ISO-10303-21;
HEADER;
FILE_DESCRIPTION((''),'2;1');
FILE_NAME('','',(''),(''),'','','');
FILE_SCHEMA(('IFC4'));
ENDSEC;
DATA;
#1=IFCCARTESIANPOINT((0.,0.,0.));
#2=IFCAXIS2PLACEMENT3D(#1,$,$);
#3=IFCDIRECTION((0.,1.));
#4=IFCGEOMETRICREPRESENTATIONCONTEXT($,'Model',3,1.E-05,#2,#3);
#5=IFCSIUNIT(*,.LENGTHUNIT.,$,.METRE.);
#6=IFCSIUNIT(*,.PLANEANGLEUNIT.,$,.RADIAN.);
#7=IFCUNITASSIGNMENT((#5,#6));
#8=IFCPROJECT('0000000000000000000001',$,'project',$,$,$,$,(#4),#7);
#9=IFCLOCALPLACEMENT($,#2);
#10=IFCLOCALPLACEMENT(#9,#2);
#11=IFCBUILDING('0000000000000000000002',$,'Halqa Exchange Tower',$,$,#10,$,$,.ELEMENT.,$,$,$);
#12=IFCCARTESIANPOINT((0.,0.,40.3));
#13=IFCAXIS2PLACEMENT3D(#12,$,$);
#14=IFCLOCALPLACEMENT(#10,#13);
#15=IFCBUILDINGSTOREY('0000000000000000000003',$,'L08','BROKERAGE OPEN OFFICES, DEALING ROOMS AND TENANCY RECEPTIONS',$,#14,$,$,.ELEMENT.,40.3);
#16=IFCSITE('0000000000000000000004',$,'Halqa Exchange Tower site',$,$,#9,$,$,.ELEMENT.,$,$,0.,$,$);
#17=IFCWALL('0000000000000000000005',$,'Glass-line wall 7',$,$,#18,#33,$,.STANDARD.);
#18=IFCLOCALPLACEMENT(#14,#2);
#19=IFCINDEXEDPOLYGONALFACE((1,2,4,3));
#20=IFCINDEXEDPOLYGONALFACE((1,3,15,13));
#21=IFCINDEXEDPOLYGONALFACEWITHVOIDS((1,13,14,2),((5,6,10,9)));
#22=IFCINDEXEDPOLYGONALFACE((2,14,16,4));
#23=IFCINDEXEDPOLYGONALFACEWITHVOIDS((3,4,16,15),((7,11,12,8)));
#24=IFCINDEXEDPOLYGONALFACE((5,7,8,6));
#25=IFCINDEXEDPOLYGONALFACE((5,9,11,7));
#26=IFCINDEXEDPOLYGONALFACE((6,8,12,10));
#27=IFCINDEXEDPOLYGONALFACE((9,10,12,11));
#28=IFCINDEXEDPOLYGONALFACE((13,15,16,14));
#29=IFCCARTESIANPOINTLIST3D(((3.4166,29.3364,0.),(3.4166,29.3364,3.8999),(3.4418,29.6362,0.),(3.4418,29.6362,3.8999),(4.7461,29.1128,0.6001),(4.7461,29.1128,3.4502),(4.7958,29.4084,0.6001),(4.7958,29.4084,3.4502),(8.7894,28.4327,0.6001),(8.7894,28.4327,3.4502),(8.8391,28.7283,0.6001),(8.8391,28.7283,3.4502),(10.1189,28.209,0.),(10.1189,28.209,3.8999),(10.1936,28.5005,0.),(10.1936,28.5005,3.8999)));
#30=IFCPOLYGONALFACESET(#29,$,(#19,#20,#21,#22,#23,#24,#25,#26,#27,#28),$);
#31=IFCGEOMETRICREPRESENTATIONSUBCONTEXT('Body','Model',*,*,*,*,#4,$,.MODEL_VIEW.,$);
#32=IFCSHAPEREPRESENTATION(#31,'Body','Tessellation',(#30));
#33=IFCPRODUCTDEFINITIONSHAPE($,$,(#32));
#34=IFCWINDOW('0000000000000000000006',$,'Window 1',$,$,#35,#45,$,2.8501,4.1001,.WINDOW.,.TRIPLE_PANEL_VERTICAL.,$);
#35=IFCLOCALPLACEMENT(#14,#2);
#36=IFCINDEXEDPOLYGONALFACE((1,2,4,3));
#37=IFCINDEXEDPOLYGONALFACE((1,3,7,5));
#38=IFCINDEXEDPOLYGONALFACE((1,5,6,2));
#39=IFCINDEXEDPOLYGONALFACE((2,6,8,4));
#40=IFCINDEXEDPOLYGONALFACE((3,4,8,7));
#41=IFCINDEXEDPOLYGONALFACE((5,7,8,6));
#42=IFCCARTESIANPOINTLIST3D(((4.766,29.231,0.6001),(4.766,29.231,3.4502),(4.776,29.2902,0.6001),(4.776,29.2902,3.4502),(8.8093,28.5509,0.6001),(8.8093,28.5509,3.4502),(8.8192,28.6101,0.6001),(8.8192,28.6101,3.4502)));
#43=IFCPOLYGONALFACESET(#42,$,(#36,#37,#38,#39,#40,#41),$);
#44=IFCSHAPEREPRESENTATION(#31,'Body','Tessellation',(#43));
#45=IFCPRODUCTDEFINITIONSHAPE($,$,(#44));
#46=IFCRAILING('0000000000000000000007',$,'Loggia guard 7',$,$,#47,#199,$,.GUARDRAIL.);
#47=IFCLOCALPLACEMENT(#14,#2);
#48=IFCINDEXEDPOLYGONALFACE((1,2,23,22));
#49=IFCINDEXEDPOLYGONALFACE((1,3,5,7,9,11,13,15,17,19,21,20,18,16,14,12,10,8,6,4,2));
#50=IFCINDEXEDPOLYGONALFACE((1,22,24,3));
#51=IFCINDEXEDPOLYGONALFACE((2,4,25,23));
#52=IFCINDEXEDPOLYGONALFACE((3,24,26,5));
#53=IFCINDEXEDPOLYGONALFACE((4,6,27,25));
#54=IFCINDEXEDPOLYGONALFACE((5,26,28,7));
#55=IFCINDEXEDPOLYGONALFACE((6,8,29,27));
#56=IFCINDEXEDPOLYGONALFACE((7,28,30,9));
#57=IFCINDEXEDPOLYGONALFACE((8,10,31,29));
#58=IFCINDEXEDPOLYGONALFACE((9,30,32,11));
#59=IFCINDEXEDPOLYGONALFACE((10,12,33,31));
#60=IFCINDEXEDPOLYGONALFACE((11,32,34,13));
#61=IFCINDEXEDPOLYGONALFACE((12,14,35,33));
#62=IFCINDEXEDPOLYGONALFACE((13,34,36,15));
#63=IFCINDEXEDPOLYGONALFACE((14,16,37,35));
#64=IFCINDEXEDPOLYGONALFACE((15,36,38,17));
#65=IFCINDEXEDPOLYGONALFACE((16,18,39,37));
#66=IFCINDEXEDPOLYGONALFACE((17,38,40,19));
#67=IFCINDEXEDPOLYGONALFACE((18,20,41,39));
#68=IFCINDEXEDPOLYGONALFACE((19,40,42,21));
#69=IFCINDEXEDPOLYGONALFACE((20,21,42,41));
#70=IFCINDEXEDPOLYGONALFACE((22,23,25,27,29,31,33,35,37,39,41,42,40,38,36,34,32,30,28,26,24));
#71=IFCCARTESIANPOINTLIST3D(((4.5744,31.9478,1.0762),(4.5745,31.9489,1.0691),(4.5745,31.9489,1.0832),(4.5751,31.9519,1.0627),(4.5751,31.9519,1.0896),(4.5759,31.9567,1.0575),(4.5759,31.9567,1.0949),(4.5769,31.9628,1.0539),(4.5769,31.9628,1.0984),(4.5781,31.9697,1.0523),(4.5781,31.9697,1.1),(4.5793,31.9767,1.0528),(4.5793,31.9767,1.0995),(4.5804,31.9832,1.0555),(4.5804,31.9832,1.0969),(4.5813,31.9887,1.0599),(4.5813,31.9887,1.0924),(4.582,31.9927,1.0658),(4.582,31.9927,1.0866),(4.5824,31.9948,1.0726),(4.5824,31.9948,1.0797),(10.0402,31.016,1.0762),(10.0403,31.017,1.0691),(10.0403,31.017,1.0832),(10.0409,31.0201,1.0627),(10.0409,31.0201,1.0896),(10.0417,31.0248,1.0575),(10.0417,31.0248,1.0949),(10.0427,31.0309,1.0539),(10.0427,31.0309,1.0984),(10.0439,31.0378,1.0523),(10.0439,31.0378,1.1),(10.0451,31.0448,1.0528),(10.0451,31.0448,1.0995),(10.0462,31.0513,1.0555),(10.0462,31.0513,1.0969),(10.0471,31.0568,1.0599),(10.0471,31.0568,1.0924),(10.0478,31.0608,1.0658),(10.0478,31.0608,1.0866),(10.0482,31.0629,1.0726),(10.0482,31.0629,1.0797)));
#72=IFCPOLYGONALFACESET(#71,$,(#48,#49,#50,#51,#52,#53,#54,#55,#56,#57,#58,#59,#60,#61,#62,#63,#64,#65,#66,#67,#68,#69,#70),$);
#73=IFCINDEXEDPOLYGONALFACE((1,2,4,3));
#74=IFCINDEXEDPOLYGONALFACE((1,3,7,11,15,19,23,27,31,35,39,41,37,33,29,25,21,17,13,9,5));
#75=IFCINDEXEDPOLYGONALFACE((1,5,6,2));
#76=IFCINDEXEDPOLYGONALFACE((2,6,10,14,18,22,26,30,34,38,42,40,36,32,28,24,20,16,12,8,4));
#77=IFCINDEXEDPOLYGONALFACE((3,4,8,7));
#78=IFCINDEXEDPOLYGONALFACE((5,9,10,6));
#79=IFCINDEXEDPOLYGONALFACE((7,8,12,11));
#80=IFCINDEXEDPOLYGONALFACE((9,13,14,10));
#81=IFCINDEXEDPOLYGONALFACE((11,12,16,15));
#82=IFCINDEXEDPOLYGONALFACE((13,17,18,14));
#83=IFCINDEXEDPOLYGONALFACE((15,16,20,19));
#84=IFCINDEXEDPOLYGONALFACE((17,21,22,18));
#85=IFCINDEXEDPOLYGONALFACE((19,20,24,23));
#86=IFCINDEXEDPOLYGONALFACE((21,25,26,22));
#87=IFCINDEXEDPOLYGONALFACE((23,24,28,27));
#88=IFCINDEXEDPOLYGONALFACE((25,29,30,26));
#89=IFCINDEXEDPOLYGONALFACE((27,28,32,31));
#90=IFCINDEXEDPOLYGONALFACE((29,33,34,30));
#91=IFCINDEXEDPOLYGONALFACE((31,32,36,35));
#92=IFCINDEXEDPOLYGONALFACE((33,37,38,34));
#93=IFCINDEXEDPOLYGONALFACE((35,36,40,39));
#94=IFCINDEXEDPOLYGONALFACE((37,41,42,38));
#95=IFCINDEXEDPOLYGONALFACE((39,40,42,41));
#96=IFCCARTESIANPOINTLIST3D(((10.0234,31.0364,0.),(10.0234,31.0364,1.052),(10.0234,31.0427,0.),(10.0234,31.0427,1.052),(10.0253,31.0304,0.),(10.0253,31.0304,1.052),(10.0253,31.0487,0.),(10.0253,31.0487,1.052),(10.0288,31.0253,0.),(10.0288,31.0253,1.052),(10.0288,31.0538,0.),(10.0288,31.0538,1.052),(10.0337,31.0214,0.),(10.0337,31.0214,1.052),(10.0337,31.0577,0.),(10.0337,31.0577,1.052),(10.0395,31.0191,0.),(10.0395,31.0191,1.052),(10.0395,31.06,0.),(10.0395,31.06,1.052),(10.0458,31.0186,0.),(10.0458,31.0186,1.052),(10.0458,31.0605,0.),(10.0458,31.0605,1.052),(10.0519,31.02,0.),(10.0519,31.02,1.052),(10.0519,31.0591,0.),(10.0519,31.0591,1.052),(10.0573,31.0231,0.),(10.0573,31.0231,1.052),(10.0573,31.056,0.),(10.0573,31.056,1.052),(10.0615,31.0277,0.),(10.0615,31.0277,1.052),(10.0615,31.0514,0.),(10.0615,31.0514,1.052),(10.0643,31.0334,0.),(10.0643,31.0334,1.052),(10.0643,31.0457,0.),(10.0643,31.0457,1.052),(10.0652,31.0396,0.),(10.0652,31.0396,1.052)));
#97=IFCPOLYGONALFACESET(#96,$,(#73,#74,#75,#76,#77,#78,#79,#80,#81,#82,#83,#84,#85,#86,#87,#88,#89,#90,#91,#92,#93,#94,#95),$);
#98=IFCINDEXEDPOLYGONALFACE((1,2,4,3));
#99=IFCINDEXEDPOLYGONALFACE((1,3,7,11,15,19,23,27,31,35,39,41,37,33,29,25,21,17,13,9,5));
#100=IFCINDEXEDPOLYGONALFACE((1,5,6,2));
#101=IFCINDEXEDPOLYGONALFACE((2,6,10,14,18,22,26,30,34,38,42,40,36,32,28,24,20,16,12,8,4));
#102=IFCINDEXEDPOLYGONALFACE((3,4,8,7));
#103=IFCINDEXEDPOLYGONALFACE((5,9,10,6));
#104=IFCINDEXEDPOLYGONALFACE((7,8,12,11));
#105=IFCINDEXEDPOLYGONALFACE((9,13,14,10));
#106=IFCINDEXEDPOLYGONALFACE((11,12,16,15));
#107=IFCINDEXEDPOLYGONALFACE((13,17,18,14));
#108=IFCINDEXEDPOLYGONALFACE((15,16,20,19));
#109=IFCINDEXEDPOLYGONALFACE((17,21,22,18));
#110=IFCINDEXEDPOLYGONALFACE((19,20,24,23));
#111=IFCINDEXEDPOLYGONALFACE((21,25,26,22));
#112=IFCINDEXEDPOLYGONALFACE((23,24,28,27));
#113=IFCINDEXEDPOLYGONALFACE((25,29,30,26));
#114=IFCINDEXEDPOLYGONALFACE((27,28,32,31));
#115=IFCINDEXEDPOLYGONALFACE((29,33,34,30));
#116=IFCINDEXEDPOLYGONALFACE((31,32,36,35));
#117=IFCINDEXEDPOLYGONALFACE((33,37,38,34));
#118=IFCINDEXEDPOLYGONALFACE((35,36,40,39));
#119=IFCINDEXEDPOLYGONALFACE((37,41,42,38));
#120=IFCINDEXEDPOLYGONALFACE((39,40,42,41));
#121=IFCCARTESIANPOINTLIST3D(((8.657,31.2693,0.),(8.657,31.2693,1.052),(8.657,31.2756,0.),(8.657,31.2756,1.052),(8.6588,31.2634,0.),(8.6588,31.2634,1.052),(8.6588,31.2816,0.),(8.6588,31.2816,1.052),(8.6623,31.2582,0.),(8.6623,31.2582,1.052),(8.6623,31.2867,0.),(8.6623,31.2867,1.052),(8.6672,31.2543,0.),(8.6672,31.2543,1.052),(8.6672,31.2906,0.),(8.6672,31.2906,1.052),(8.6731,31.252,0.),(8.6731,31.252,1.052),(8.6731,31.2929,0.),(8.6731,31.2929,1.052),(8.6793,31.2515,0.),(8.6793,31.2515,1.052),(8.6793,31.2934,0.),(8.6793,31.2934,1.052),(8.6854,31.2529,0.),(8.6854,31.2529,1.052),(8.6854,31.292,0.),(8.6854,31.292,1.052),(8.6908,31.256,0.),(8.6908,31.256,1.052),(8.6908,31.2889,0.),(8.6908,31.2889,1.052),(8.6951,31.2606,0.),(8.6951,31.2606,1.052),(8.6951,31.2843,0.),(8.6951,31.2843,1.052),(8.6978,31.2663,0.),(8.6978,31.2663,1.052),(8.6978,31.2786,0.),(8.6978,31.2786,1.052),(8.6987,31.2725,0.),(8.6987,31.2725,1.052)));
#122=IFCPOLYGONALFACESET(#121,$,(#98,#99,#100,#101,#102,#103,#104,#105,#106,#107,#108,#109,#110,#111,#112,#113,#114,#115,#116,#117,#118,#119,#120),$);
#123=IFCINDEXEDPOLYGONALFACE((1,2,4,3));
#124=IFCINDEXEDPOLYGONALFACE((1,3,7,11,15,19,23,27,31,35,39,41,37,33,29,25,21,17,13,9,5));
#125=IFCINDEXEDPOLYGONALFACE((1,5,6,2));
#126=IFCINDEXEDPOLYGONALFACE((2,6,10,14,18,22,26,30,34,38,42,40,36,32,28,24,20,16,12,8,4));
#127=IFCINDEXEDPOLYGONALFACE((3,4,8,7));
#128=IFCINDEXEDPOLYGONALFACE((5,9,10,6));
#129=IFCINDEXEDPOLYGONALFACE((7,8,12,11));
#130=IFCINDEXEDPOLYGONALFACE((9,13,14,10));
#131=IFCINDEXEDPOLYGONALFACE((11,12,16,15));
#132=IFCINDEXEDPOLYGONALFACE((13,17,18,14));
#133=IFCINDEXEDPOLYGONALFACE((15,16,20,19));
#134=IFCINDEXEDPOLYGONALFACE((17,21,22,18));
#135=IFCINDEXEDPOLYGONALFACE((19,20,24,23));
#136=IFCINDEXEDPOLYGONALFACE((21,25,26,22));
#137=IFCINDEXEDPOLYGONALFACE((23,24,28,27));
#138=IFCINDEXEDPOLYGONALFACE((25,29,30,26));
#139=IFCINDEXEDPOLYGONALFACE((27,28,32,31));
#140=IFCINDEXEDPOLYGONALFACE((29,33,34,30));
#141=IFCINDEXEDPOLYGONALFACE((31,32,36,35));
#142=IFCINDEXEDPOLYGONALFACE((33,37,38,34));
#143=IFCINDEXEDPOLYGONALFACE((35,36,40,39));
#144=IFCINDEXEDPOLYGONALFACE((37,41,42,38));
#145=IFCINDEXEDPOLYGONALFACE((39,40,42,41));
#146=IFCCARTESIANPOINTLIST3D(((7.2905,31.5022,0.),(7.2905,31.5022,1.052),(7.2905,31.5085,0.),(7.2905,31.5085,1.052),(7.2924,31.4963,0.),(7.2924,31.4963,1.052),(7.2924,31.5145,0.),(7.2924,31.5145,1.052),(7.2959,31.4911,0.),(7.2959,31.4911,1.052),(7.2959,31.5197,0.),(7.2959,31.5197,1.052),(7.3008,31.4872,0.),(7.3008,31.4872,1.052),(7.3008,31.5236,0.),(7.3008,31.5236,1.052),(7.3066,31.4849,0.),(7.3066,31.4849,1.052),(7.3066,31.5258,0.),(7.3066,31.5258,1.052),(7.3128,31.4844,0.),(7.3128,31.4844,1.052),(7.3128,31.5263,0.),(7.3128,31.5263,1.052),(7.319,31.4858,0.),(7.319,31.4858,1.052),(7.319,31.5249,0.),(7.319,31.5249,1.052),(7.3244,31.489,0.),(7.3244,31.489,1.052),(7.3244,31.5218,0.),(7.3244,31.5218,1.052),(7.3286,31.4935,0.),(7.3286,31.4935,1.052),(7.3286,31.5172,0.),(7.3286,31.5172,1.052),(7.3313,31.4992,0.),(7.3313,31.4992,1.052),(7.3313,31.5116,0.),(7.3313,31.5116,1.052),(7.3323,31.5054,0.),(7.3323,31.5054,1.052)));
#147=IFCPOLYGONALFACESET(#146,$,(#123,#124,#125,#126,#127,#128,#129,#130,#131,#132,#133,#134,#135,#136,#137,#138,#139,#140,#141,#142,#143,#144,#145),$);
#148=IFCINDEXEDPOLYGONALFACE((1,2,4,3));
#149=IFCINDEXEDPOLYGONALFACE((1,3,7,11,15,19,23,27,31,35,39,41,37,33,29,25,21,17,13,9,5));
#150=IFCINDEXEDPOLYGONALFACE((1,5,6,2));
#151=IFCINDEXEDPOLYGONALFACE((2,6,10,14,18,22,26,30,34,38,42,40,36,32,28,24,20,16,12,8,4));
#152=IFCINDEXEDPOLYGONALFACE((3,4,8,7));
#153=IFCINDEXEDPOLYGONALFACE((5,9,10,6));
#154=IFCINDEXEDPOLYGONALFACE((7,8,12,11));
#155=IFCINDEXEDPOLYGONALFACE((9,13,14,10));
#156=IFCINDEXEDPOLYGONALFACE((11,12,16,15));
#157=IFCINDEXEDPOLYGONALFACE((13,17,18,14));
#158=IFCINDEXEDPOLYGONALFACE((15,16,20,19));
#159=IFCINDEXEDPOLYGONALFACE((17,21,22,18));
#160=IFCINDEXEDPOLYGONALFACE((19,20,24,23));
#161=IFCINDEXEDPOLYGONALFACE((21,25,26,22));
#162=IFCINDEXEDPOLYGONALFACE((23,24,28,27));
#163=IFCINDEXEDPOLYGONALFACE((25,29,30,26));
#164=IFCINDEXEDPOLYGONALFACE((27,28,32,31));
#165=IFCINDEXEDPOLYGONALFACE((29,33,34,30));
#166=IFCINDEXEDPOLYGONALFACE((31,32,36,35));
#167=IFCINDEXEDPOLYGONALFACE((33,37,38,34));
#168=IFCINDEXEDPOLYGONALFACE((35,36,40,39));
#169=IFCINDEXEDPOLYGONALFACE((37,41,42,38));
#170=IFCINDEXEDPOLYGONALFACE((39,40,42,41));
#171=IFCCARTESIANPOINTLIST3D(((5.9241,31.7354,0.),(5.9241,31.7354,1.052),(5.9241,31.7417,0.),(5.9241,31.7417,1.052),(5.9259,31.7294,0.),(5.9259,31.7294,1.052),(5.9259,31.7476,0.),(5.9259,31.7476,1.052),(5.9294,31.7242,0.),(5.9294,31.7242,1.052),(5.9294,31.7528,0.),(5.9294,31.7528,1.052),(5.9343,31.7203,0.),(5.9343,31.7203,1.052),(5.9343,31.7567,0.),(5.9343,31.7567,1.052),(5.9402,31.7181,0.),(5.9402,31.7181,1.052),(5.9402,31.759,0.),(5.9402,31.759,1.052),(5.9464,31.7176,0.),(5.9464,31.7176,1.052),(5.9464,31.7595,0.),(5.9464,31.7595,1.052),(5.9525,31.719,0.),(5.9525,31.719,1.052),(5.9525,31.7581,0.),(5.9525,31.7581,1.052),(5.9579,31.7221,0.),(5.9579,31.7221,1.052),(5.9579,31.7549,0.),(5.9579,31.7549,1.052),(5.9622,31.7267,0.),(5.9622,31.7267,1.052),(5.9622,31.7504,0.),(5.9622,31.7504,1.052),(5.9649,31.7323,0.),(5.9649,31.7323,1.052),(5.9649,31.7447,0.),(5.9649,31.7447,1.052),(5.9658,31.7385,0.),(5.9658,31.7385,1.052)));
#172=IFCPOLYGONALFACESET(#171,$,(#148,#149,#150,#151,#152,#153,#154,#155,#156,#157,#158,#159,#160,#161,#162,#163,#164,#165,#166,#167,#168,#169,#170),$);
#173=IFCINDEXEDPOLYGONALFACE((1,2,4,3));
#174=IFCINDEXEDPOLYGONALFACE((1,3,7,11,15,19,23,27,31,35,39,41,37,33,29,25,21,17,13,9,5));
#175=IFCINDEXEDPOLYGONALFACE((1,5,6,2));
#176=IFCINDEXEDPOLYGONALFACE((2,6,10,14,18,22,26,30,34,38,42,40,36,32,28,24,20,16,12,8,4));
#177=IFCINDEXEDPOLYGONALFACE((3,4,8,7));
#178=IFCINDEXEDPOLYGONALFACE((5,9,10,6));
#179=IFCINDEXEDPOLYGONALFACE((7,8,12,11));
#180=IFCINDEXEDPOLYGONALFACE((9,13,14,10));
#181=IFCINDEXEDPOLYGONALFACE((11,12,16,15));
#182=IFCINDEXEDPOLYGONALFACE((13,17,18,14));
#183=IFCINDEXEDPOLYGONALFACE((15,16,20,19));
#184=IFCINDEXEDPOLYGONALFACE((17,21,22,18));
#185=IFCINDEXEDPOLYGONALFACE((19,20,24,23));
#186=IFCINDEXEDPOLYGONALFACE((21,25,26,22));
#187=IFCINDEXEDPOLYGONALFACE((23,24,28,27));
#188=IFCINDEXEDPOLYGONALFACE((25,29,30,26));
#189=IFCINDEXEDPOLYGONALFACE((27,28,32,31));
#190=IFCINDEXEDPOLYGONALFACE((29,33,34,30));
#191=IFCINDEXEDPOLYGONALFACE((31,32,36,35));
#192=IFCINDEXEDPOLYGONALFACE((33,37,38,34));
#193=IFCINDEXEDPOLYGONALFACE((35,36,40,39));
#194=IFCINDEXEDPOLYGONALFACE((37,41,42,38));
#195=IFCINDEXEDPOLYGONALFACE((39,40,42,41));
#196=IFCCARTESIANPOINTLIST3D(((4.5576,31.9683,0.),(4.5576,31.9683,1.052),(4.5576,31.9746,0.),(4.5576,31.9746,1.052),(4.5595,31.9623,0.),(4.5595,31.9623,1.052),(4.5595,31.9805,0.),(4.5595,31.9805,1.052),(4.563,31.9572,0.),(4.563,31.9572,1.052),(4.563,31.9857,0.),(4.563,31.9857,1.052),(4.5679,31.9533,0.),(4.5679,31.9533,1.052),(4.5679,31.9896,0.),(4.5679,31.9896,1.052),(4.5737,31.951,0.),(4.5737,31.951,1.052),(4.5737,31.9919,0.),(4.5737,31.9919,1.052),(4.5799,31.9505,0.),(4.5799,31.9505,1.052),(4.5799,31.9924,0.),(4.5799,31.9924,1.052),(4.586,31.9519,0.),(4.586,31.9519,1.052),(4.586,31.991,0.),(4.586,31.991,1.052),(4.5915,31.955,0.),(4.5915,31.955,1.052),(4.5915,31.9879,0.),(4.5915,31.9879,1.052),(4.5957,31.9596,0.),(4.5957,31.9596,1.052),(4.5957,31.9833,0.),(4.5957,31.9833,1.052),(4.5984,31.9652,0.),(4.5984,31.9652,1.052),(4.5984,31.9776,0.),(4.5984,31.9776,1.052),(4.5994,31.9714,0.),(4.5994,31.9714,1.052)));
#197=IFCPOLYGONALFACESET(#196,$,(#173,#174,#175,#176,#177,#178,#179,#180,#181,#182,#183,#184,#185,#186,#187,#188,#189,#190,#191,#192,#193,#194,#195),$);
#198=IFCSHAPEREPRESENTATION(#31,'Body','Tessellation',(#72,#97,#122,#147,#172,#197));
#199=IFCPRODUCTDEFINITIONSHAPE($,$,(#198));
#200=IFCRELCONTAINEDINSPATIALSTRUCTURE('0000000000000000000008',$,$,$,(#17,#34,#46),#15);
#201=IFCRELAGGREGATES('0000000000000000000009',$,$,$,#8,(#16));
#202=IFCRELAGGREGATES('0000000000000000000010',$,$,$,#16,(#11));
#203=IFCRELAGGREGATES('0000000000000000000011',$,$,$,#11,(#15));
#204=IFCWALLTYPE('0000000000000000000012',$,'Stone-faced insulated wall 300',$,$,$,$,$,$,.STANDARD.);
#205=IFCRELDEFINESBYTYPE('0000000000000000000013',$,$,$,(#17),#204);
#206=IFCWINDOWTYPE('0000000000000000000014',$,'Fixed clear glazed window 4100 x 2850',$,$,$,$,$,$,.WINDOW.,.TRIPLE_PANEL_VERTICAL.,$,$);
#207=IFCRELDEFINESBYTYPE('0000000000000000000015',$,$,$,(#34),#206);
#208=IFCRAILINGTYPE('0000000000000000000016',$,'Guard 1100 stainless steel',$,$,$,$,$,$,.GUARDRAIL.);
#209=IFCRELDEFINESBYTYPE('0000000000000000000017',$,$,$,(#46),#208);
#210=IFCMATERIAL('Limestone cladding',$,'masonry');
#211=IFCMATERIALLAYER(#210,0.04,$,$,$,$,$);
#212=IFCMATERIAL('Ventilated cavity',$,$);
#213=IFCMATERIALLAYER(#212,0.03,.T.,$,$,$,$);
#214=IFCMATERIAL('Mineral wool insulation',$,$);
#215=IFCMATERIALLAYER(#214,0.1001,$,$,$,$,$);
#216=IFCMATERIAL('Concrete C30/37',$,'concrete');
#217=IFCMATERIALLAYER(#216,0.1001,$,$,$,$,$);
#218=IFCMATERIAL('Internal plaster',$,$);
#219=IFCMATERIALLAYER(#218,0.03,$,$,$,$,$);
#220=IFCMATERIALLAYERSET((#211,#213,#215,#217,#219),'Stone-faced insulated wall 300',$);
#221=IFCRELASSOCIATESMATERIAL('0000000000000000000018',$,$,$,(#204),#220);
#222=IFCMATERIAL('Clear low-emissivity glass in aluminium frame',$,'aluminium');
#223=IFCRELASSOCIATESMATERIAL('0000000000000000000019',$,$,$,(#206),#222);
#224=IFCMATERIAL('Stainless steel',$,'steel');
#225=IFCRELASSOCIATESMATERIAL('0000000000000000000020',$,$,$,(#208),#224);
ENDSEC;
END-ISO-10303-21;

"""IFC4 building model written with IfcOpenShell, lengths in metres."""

from ifc_helpers import new_model, si_unit, direction, frame, frame_2d, origin, origin_2d, place, context, subcontext, project, spatial, polyline, rectangle, circle, outline, extrude, material, layer, layer_set, type_object, element, fill, save


model = new_model("IFC4")

# Units and contexts
model_context = context("Model", 3, precision=1e-05, world=origin(), true_north=direction((0.0, 1.0)))
body_context = subcontext(model_context, "Body", "Model", "MODEL_VIEW")
ifc_project = project(units=[si_unit("LENGTHUNIT", "METRE"), si_unit("PLANEANGLEUNIT", "RADIAN")], contexts=[model_context])

# Site, building, storey
site_placement = place(None, origin())
site = spatial("IfcSite", under=ifc_project, at=site_placement, Name="Halqa Exchange Tower site", CompositionType="ELEMENT", RefElevation=0.0)
building_placement = place(site_placement, origin())
building = spatial("IfcBuilding", under=site, at=building_placement, Name="Halqa Exchange Tower", CompositionType="ELEMENT")
storey_placement = place(building_placement, frame((0.0, 0.0, 40.3)))
storey = spatial("IfcBuildingStorey", under=building, at=storey_placement, Name="L08", Description="BROKERAGE OPEN OFFICES, DEALING ROOMS AND TENANCY RECEPTIONS", CompositionType="ELEMENT", Elevation=40.3)

# Shared definitions
ifc_material_1 = material(Name="Concrete C30/37", Category="concrete")

# Wall, opening, window
ifc_material_2 = material(Name="Limestone cladding", Category="masonry")
ifc_layer_1 = layer(ifc_material_2, 0.04)
ifc_material_3 = material(Name="Ventilated cavity")
ifc_layer_2 = layer(ifc_material_3, 0.03, ventilated=True)
ifc_material_4 = material(Name="Mineral wool insulation")
ifc_layer_3 = layer(ifc_material_4, 0.1001)
ifc_layer_4 = layer(ifc_material_1, 0.1001)
ifc_material_5 = material(Name="Internal plaster")
ifc_layer_5 = layer(ifc_material_5, 0.03)
ifc_layer_set_1 = layer_set([ifc_layer_1, ifc_layer_2, ifc_layer_3, ifc_layer_4, ifc_layer_5], Name="Stone-faced insulated wall 300")
wall_type_1 = type_object("IfcWallType", Name="Stone-faced insulated wall 300", PredefinedType="STANDARD", material=ifc_layer_set_1)
wall_1_placement = place(storey_placement, frame((10.1562, 28.3547, 0.0), z_axis=(0.0, 0.0, 1.0), x_axis=(-0.986145, 0.165885, 0.0)))
wall_1 = element("IfcWall", 1, at=wall_1_placement, inside=storey, type_object=wall_type_1, Name="Glass-line wall 7", PredefinedType="STANDARD", context=body_context, shape_type="SweptSolid", body=[
    extrude(outline(polyline([(-0.0127, -0.1499), (6.834, -0.1499), (6.8091, 0.1499), (0.0127, 0.1499), (-0.0127, -0.1499)])), origin(), (0.0, 0.0, 1.0), 3.8999),
])
opening_1_placement = place(wall_1_placement, frame((1.3608, 0.0, 0.6001)))
opening_1 = element("IfcOpeningElement", 2, at=opening_1_placement, cuts=wall_1, PredefinedType="OPENING", context=body_context, shape_type="SweptSolid", body=[
    extrude(rectangle(XDim=4.1001, YDim=2.8501, at=frame_2d((2.05, 1.425))), frame((0.0, 0.1621, 0.0), z_axis=(0.0, -1.0, 0.0), x_axis=(1.0, 0.0, 0.0)), (0.0, 0.0, 1.0), 0.324),
])
ifc_material_6 = material(Name="Clear low-emissivity glass in aluminium frame", Category="aluminium")
window_type = type_object("IfcWindowType", Name="Fixed clear glazed window 4100 x 2850", PartitioningType="TRIPLE_PANEL_VERTICAL", PredefinedType="WINDOW", material=ifc_material_6)
window_placement = place(opening_1_placement, origin())
window = element("IfcWindow", 3, at=window_placement, inside=storey, type_object=window_type, Name="Window 1", OverallHeight=2.8501, OverallWidth=4.1001, PartitioningType="TRIPLE_PANEL_VERTICAL", PredefinedType="WINDOW", context=body_context, shape_type="SweptSolid", body=[
    extrude(rectangle(XDim=4.1001, YDim=2.8501, at=frame_2d((2.05, 1.425))), frame((0.0, 0.03, 0.0), z_axis=(0.0, -1.0, 0.0), x_axis=(1.0, 0.0, 0.0)), (0.0, 0.0, 1.0), 0.0601),
])
fill(opening_1, window)

# Railing
ifc_material_7 = material(Name="Stainless steel", Category="steel")
railing_type_1 = type_object("IfcRailingType", Name="Guard 1100 stainless steel", PredefinedType="GUARDRAIL", material=ifc_material_7)
railing_1_placement = place(storey_placement, frame((10.0442, 31.0396, 0.0)))
element("IfcRailing", 4, at=railing_1_placement, inside=storey, type_object=railing_type_1, Name="Loggia guard 7", PredefinedType="GUARDRAIL", context=body_context, shape_type="SweptSolid", body=[
    extrude(circle(Radius=0.0239, at=origin_2d()), frame((0.0, 0.0, 1.0762), z_axis=(-0.985775, 0.168068, 0.0), x_axis=(-0.168068, -0.985775, 0.0)), (0.0, 0.0, 1.0), 5.5447),
    extrude(circle(Radius=0.021, at=origin_2d()), origin(), (0.0, 0.0, 1.0), 1.052),
    extrude(circle(Radius=0.021, at=origin_2d()), frame((-1.3665, 0.2329, 0.0)), (0.0, 0.0, 1.0), 1.052),
    extrude(circle(Radius=0.021, at=origin_2d()), frame((-2.7329, 0.4658, 0.0)), (0.0, 0.0, 1.0), 1.052),
    extrude(circle(Radius=0.021, at=origin_2d()), frame((-4.0994, 0.699, 0.0)), (0.0, 0.0, 1.0), 1.052),
    extrude(circle(Radius=0.021, at=origin_2d()), frame((-5.4658, 0.9319, 0.0)), (0.0, 0.0, 1.0), 1.052),
])

save(model, "model.ifc")
